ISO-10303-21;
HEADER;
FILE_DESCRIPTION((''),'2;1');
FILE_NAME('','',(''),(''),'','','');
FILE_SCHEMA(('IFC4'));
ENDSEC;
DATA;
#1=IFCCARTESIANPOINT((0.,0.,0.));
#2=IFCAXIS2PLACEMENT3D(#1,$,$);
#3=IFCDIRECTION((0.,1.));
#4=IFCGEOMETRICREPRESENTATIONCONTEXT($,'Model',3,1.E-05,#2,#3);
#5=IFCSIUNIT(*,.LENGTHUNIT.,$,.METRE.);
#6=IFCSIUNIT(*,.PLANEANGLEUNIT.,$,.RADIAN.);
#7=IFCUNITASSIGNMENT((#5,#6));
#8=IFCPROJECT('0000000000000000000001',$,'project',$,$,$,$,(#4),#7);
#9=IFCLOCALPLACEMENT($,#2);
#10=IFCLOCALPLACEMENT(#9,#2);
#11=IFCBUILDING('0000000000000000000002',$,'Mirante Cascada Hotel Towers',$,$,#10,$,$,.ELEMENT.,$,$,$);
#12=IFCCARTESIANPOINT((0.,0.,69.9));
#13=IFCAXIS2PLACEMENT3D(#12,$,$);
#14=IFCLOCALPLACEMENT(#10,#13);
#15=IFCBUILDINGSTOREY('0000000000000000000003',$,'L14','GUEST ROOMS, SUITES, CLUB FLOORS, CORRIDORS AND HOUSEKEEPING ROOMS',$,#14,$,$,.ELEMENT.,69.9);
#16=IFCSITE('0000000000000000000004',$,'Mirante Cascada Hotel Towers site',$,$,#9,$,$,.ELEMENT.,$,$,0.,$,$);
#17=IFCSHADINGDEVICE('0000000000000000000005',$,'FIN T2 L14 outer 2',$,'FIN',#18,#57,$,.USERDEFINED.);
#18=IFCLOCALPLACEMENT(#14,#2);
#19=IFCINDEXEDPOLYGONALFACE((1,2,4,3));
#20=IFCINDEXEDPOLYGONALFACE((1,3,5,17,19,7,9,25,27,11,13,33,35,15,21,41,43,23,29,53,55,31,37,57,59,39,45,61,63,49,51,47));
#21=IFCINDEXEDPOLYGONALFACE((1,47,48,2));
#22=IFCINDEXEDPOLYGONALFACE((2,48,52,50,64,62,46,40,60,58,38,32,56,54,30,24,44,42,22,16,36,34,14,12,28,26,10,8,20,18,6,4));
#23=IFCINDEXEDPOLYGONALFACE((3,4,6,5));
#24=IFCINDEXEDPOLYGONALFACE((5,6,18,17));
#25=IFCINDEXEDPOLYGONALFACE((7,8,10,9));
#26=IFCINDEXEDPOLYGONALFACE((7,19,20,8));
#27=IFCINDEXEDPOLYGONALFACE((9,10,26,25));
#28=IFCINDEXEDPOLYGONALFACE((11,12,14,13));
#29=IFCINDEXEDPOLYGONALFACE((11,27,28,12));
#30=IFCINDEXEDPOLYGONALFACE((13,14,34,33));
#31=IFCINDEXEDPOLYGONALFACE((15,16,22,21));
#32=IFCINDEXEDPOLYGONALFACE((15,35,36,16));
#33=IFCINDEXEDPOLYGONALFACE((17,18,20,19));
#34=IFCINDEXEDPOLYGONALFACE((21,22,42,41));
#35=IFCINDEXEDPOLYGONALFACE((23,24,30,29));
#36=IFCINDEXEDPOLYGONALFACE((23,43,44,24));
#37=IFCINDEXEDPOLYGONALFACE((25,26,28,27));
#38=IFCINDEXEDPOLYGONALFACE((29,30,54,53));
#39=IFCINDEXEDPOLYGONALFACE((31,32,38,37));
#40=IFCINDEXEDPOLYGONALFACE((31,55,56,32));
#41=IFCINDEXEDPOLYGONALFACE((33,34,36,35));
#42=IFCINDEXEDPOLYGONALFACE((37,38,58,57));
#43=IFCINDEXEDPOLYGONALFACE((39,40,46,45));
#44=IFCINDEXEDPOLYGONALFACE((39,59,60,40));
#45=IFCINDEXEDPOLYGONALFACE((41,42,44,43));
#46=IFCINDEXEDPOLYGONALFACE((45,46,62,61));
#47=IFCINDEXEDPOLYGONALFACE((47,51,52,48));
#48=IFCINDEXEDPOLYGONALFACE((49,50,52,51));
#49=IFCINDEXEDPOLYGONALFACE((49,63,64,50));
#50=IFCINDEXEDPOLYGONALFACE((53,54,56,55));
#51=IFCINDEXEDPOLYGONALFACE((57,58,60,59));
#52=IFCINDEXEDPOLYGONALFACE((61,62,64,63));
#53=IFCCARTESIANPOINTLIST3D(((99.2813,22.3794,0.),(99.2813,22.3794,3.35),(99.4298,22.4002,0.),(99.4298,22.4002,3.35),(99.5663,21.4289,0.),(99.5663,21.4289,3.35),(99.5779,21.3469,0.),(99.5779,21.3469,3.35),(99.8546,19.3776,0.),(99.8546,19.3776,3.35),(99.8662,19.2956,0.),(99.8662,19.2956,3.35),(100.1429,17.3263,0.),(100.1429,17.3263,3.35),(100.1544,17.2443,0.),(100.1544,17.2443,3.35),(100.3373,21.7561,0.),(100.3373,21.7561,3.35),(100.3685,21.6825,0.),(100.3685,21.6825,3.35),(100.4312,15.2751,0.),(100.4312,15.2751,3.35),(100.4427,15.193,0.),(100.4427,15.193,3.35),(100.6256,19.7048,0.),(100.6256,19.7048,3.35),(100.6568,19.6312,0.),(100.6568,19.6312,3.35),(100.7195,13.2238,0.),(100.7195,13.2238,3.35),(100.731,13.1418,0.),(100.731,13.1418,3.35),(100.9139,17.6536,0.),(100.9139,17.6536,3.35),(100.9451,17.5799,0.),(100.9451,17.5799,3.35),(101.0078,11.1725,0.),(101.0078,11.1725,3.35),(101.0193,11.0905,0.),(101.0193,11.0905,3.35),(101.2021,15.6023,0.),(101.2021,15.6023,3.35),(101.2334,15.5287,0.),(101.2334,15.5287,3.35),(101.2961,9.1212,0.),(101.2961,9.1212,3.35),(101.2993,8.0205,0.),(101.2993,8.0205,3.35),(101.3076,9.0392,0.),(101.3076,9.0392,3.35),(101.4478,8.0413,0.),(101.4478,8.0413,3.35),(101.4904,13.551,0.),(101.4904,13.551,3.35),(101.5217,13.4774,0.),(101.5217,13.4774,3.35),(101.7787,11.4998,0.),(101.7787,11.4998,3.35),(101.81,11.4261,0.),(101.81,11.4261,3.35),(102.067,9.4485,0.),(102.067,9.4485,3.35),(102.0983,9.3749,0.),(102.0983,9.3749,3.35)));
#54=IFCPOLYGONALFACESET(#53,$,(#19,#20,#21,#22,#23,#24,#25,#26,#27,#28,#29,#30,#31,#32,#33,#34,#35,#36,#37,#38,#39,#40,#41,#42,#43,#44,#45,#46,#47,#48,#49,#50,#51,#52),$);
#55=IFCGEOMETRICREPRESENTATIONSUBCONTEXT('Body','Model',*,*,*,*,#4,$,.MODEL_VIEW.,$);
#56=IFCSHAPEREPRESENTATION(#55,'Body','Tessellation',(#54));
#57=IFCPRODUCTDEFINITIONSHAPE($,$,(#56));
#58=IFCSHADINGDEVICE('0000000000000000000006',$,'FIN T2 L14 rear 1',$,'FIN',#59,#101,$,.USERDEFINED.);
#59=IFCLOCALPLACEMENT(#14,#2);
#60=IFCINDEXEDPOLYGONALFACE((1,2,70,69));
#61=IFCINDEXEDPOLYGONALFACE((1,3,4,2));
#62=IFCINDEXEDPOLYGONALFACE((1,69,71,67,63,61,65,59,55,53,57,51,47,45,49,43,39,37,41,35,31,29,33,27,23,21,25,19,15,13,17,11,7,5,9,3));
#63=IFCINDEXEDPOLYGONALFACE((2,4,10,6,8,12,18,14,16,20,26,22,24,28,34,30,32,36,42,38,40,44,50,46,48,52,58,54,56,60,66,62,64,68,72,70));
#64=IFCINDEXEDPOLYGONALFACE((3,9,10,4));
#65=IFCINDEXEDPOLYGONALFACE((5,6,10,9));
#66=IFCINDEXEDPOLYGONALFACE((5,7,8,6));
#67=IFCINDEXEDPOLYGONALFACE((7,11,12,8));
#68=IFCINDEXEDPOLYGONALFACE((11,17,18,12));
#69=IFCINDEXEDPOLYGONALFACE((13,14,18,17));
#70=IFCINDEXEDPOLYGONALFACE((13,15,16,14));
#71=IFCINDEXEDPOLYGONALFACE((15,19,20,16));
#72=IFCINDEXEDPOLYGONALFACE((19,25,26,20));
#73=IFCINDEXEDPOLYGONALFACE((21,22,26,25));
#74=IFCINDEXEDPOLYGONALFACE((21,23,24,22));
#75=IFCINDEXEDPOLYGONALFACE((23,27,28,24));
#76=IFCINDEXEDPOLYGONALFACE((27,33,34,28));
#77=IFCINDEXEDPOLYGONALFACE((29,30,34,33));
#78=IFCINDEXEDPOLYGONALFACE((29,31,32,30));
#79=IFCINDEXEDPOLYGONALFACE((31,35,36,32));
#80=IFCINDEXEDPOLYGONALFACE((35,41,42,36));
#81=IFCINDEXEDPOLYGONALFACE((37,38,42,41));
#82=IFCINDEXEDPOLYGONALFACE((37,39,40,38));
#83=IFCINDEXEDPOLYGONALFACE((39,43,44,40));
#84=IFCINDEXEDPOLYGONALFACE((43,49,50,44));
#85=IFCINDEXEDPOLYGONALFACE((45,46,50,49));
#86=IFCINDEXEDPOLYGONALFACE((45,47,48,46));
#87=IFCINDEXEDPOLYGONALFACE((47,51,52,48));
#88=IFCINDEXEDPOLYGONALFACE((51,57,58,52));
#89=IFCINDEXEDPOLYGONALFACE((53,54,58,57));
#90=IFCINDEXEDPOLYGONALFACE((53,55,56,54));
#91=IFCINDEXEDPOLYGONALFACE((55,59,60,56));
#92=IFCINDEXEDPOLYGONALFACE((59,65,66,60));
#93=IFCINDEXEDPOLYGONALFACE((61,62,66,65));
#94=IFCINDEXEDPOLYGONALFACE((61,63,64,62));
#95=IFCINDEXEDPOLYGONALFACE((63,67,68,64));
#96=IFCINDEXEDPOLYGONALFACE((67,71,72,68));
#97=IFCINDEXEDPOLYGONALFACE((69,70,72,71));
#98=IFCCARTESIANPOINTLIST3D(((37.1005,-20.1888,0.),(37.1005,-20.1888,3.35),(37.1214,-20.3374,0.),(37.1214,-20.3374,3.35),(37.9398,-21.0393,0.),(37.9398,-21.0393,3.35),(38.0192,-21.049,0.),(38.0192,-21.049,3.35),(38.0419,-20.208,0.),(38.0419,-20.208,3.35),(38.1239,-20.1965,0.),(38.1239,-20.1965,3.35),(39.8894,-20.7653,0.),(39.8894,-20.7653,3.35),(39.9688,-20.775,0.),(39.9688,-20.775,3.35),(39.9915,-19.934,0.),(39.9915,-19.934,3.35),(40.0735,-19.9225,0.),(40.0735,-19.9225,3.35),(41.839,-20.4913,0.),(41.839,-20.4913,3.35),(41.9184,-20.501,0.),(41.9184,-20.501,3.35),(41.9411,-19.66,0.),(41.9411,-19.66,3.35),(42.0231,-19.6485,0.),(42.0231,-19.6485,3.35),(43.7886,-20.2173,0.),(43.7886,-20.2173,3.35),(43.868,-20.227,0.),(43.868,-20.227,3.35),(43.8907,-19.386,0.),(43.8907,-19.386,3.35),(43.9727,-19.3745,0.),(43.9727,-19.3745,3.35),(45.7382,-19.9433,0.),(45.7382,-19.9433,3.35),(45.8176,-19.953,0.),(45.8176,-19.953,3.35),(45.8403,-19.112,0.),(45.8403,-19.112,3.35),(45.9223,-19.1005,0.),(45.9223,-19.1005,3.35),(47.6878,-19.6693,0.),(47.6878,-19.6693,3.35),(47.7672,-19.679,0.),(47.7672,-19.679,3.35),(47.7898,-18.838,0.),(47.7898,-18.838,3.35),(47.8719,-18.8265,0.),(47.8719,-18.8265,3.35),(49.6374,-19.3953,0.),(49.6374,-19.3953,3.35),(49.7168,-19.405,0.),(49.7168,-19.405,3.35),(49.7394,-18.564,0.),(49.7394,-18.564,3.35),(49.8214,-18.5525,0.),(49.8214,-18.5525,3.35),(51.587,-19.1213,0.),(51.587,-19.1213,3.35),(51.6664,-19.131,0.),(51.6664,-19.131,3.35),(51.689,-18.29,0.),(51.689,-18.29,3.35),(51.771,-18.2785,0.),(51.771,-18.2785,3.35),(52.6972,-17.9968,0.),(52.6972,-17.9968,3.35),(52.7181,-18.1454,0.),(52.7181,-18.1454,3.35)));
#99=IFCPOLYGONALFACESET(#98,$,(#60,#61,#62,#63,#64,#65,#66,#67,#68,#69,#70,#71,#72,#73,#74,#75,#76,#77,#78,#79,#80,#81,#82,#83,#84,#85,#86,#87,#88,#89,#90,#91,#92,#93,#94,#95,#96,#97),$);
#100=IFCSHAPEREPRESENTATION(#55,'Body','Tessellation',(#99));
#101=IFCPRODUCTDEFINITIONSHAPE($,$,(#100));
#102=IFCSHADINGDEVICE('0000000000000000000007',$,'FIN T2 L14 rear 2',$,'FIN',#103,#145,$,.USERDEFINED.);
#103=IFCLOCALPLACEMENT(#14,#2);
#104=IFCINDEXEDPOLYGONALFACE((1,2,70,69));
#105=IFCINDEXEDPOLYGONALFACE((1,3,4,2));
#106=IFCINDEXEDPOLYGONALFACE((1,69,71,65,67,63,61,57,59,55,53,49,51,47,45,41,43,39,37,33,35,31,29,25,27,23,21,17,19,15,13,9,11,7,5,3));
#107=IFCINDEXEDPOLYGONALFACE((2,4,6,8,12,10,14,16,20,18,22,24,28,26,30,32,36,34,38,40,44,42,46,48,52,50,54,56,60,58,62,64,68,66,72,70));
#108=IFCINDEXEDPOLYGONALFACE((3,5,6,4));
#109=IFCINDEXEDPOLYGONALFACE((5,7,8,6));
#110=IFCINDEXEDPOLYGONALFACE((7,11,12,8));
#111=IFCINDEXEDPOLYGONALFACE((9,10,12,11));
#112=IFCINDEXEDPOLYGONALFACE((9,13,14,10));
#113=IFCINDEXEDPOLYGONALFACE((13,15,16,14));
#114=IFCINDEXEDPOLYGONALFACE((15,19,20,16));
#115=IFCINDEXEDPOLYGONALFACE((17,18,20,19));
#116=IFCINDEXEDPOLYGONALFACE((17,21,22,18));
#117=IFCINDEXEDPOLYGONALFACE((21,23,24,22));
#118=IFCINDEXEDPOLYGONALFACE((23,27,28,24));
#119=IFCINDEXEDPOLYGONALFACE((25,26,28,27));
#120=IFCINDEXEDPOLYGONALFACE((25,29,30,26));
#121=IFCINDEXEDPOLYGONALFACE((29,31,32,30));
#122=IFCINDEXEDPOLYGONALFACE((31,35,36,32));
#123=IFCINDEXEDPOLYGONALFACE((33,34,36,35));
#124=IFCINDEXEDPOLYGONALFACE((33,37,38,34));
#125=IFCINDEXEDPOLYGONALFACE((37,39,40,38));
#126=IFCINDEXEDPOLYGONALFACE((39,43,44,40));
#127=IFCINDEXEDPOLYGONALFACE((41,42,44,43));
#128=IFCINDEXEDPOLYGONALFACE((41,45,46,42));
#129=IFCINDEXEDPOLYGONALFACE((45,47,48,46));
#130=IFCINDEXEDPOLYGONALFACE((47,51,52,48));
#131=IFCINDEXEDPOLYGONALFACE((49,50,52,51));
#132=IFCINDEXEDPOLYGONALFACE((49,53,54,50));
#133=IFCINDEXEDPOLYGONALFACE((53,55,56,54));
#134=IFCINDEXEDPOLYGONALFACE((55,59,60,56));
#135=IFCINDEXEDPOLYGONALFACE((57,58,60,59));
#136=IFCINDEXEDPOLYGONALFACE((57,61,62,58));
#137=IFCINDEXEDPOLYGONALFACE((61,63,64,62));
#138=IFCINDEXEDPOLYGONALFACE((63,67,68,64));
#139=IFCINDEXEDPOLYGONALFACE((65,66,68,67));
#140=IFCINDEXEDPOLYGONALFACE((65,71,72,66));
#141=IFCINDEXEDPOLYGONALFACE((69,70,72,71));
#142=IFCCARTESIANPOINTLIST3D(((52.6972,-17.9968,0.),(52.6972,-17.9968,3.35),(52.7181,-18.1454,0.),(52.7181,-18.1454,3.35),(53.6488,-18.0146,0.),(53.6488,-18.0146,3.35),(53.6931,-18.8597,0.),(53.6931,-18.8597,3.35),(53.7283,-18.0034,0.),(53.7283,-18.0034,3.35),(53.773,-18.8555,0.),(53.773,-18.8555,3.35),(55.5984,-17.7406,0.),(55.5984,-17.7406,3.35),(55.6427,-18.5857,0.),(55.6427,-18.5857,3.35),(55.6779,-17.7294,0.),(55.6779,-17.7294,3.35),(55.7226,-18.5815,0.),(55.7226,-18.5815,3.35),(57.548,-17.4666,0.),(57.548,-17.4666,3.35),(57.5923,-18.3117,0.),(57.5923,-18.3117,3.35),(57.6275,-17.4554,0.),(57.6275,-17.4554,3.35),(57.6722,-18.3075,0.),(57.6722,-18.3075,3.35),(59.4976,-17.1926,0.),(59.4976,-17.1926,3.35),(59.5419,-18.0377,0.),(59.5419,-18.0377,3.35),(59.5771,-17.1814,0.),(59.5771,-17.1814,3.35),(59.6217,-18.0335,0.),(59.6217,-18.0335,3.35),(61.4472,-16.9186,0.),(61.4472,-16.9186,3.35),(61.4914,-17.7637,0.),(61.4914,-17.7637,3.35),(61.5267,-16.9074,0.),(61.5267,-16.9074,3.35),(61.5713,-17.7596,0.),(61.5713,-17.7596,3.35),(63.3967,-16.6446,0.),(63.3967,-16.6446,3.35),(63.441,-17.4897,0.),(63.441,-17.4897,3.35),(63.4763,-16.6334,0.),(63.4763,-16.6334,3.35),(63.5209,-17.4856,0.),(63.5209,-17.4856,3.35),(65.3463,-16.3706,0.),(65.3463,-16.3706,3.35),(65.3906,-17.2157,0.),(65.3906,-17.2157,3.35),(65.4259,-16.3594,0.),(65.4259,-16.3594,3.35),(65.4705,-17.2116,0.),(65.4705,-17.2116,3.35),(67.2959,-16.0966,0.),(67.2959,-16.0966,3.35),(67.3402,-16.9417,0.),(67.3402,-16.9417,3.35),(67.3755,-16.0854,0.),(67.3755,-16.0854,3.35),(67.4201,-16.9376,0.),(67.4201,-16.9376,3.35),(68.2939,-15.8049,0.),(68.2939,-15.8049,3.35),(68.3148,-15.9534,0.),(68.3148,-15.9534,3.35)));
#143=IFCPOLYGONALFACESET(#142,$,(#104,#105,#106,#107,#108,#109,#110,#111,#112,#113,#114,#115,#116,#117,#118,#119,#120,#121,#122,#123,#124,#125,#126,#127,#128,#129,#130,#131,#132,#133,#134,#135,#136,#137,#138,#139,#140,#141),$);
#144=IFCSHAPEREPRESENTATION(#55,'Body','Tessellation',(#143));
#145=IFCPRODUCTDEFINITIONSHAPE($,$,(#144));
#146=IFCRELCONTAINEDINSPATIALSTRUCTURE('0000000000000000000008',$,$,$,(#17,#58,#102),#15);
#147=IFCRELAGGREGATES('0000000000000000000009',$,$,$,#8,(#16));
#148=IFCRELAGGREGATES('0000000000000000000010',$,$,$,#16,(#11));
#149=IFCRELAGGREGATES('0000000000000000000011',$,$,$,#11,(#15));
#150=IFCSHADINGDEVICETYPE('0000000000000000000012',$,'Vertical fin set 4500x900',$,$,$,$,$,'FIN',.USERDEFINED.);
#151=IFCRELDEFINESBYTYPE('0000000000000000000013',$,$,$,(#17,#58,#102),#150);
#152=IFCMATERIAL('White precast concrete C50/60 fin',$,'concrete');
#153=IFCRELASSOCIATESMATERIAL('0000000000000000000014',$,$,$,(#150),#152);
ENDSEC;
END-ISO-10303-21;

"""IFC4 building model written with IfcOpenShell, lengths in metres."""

from ifc_helpers import new_model, si_unit, direction, frame, origin, place, context, subcontext, project, spatial, polyline, outline, extrude, material, type_object, element, save


model = new_model("IFC4")

# Units and contexts
model_context = context("Model", 3, precision=1e-05, world=origin(), true_north=direction((0.0, 1.0)))
body_context = subcontext(model_context, "Body", "Model", "MODEL_VIEW")
ifc_project = project(units=[si_unit("LENGTHUNIT", "METRE"), si_unit("PLANEANGLEUNIT", "RADIAN")], contexts=[model_context])

# Site, building, storey
site_placement = place(None, origin())
site = spatial("IfcSite", under=ifc_project, at=site_placement, Name="Mirante Cascada Hotel Towers site", CompositionType="ELEMENT", RefElevation=0.0)
building_placement = place(site_placement, origin())
building = spatial("IfcBuilding", under=site, at=building_placement, Name="Mirante Cascada Hotel Towers", CompositionType="ELEMENT")
storey_placement = place(building_placement, frame((0.0, 0.0, 69.9)))
storey = spatial("IfcBuildingStorey", under=building, at=storey_placement, Name="L14", Description="GUEST ROOMS, SUITES, CLUB FLOORS, CORRIDORS AND HOUSEKEEPING ROOMS", CompositionType="ELEMENT", Elevation=69.9)

# Shading devices
ifc_material_1 = material(Name="White precast concrete C50/60 fin", Category="concrete")
shading_device_type = type_object("IfcShadingDeviceType", Name="Vertical fin set 4500x900", ElementType="FIN", PredefinedType="USERDEFINED", material=ifc_material_1)
shading_device_1_placement = place(storey_placement, origin())
element("IfcShadingDevice", 1, at=shading_device_1_placement, inside=storey, type_object=shading_device_type, Name="FIN T2 L14 outer 2", ObjectType="FIN", PredefinedType="USERDEFINED", context=body_context, shape_type="SweptSolid", body=[
    extrude(outline(polyline([(102.0983, 9.3749), (101.3076, 9.0392), (101.4478, 8.0413), (101.2993, 8.0205), (99.2813, 22.3794), (99.4298, 22.4002), (99.5663, 21.4289), (100.3373, 21.7561), (100.3685, 21.6825), (99.5779, 21.3469), (99.8546, 19.3776), (100.6256, 19.7048), (100.6568, 19.6312), (99.8662, 19.2956), (100.1429, 17.3263), (100.9139, 17.6536), (100.9451, 17.5799), (100.1544, 17.2443), (100.4312, 15.2751), (101.2021, 15.6023), (101.2334, 15.5287), (100.4427, 15.193), (100.7195, 13.2238), (101.4904, 13.551), (101.5217, 13.4774), (100.731, 13.1418), (101.0078, 11.1725), (101.7787, 11.4998), (101.81, 11.4261), (101.0193, 11.0905), (101.2961, 9.1212), (102.067, 9.4485), (102.0983, 9.3749)])), origin(), (0.0, 0.0, 1.0), 3.35),
])
shading_device_2_placement = place(storey_placement, origin())
element("IfcShadingDevice", 2, at=shading_device_2_placement, inside=storey, type_object=shading_device_type, Name="FIN T2 L14 rear 1", ObjectType="FIN", PredefinedType="USERDEFINED", context=body_context, shape_type="SweptSolid", body=[
    extrude(outline(polyline([(37.9398, -21.0393), (38.0419, -20.208), (37.1214, -20.3374), (37.1005, -20.1888), (52.6972, -17.9968), (52.7181, -18.1454), (51.771, -18.2785), (51.6664, -19.131), (51.587, -19.1213), (51.689, -18.29), (49.8214, -18.5525), (49.7168, -19.405), (49.6374, -19.3953), (49.7394, -18.564), (47.8719, -18.8265), (47.7672, -19.679), (47.6878, -19.6693), (47.7898, -18.838), (45.9223, -19.1005), (45.8176, -19.953), (45.7382, -19.9433), (45.8403, -19.112), (43.9727, -19.3745), (43.868, -20.227), (43.7886, -20.2173), (43.8907, -19.386), (42.0231, -19.6485), (41.9184, -20.501), (41.839, -20.4913), (41.9411, -19.66), (40.0735, -19.9225), (39.9688, -20.775), (39.8894, -20.7653), (39.9915, -19.934), (38.1239, -20.1965), (38.0192, -21.049), (37.9398, -21.0393)])), origin(), (0.0, 0.0, 1.0), 3.35),
])
shading_device_3_placement = place(storey_placement, origin())
element("IfcShadingDevice", 3, at=shading_device_3_placement, inside=storey, type_object=shading_device_type, Name="FIN T2 L14 rear 2", ObjectType="FIN", PredefinedType="USERDEFINED", context=body_context, shape_type="SweptSolid", body=[
    extrude(outline(polyline([(53.6931, -18.8597), (53.6488, -18.0146), (52.7181, -18.1454), (52.6972, -17.9968), (68.2939, -15.8049), (68.3148, -15.9534), (67.3755, -16.0854), (67.4201, -16.9376), (67.3402, -16.9417), (67.2959, -16.0966), (65.4259, -16.3594), (65.4705, -17.2116), (65.3906, -17.2157), (65.3463, -16.3706), (63.4763, -16.6334), (63.5209, -17.4856), (63.441, -17.4897), (63.3967, -16.6446), (61.5267, -16.9074), (61.5713, -17.7596), (61.4914, -17.7637), (61.4472, -16.9186), (59.5771, -17.1814), (59.6217, -18.0335), (59.5419, -18.0377), (59.4976, -17.1926), (57.6275, -17.4554), (57.6722, -18.3075), (57.5923, -18.3117), (57.548, -17.4666), (55.6779, -17.7294), (55.7226, -18.5815), (55.6427, -18.5857), (55.5984, -17.7406), (53.7283, -18.0034), (53.773, -18.8555), (53.6931, -18.8597)])), origin(), (0.0, 0.0, 1.0), 3.35),
])

save(model, "model.ifc")
